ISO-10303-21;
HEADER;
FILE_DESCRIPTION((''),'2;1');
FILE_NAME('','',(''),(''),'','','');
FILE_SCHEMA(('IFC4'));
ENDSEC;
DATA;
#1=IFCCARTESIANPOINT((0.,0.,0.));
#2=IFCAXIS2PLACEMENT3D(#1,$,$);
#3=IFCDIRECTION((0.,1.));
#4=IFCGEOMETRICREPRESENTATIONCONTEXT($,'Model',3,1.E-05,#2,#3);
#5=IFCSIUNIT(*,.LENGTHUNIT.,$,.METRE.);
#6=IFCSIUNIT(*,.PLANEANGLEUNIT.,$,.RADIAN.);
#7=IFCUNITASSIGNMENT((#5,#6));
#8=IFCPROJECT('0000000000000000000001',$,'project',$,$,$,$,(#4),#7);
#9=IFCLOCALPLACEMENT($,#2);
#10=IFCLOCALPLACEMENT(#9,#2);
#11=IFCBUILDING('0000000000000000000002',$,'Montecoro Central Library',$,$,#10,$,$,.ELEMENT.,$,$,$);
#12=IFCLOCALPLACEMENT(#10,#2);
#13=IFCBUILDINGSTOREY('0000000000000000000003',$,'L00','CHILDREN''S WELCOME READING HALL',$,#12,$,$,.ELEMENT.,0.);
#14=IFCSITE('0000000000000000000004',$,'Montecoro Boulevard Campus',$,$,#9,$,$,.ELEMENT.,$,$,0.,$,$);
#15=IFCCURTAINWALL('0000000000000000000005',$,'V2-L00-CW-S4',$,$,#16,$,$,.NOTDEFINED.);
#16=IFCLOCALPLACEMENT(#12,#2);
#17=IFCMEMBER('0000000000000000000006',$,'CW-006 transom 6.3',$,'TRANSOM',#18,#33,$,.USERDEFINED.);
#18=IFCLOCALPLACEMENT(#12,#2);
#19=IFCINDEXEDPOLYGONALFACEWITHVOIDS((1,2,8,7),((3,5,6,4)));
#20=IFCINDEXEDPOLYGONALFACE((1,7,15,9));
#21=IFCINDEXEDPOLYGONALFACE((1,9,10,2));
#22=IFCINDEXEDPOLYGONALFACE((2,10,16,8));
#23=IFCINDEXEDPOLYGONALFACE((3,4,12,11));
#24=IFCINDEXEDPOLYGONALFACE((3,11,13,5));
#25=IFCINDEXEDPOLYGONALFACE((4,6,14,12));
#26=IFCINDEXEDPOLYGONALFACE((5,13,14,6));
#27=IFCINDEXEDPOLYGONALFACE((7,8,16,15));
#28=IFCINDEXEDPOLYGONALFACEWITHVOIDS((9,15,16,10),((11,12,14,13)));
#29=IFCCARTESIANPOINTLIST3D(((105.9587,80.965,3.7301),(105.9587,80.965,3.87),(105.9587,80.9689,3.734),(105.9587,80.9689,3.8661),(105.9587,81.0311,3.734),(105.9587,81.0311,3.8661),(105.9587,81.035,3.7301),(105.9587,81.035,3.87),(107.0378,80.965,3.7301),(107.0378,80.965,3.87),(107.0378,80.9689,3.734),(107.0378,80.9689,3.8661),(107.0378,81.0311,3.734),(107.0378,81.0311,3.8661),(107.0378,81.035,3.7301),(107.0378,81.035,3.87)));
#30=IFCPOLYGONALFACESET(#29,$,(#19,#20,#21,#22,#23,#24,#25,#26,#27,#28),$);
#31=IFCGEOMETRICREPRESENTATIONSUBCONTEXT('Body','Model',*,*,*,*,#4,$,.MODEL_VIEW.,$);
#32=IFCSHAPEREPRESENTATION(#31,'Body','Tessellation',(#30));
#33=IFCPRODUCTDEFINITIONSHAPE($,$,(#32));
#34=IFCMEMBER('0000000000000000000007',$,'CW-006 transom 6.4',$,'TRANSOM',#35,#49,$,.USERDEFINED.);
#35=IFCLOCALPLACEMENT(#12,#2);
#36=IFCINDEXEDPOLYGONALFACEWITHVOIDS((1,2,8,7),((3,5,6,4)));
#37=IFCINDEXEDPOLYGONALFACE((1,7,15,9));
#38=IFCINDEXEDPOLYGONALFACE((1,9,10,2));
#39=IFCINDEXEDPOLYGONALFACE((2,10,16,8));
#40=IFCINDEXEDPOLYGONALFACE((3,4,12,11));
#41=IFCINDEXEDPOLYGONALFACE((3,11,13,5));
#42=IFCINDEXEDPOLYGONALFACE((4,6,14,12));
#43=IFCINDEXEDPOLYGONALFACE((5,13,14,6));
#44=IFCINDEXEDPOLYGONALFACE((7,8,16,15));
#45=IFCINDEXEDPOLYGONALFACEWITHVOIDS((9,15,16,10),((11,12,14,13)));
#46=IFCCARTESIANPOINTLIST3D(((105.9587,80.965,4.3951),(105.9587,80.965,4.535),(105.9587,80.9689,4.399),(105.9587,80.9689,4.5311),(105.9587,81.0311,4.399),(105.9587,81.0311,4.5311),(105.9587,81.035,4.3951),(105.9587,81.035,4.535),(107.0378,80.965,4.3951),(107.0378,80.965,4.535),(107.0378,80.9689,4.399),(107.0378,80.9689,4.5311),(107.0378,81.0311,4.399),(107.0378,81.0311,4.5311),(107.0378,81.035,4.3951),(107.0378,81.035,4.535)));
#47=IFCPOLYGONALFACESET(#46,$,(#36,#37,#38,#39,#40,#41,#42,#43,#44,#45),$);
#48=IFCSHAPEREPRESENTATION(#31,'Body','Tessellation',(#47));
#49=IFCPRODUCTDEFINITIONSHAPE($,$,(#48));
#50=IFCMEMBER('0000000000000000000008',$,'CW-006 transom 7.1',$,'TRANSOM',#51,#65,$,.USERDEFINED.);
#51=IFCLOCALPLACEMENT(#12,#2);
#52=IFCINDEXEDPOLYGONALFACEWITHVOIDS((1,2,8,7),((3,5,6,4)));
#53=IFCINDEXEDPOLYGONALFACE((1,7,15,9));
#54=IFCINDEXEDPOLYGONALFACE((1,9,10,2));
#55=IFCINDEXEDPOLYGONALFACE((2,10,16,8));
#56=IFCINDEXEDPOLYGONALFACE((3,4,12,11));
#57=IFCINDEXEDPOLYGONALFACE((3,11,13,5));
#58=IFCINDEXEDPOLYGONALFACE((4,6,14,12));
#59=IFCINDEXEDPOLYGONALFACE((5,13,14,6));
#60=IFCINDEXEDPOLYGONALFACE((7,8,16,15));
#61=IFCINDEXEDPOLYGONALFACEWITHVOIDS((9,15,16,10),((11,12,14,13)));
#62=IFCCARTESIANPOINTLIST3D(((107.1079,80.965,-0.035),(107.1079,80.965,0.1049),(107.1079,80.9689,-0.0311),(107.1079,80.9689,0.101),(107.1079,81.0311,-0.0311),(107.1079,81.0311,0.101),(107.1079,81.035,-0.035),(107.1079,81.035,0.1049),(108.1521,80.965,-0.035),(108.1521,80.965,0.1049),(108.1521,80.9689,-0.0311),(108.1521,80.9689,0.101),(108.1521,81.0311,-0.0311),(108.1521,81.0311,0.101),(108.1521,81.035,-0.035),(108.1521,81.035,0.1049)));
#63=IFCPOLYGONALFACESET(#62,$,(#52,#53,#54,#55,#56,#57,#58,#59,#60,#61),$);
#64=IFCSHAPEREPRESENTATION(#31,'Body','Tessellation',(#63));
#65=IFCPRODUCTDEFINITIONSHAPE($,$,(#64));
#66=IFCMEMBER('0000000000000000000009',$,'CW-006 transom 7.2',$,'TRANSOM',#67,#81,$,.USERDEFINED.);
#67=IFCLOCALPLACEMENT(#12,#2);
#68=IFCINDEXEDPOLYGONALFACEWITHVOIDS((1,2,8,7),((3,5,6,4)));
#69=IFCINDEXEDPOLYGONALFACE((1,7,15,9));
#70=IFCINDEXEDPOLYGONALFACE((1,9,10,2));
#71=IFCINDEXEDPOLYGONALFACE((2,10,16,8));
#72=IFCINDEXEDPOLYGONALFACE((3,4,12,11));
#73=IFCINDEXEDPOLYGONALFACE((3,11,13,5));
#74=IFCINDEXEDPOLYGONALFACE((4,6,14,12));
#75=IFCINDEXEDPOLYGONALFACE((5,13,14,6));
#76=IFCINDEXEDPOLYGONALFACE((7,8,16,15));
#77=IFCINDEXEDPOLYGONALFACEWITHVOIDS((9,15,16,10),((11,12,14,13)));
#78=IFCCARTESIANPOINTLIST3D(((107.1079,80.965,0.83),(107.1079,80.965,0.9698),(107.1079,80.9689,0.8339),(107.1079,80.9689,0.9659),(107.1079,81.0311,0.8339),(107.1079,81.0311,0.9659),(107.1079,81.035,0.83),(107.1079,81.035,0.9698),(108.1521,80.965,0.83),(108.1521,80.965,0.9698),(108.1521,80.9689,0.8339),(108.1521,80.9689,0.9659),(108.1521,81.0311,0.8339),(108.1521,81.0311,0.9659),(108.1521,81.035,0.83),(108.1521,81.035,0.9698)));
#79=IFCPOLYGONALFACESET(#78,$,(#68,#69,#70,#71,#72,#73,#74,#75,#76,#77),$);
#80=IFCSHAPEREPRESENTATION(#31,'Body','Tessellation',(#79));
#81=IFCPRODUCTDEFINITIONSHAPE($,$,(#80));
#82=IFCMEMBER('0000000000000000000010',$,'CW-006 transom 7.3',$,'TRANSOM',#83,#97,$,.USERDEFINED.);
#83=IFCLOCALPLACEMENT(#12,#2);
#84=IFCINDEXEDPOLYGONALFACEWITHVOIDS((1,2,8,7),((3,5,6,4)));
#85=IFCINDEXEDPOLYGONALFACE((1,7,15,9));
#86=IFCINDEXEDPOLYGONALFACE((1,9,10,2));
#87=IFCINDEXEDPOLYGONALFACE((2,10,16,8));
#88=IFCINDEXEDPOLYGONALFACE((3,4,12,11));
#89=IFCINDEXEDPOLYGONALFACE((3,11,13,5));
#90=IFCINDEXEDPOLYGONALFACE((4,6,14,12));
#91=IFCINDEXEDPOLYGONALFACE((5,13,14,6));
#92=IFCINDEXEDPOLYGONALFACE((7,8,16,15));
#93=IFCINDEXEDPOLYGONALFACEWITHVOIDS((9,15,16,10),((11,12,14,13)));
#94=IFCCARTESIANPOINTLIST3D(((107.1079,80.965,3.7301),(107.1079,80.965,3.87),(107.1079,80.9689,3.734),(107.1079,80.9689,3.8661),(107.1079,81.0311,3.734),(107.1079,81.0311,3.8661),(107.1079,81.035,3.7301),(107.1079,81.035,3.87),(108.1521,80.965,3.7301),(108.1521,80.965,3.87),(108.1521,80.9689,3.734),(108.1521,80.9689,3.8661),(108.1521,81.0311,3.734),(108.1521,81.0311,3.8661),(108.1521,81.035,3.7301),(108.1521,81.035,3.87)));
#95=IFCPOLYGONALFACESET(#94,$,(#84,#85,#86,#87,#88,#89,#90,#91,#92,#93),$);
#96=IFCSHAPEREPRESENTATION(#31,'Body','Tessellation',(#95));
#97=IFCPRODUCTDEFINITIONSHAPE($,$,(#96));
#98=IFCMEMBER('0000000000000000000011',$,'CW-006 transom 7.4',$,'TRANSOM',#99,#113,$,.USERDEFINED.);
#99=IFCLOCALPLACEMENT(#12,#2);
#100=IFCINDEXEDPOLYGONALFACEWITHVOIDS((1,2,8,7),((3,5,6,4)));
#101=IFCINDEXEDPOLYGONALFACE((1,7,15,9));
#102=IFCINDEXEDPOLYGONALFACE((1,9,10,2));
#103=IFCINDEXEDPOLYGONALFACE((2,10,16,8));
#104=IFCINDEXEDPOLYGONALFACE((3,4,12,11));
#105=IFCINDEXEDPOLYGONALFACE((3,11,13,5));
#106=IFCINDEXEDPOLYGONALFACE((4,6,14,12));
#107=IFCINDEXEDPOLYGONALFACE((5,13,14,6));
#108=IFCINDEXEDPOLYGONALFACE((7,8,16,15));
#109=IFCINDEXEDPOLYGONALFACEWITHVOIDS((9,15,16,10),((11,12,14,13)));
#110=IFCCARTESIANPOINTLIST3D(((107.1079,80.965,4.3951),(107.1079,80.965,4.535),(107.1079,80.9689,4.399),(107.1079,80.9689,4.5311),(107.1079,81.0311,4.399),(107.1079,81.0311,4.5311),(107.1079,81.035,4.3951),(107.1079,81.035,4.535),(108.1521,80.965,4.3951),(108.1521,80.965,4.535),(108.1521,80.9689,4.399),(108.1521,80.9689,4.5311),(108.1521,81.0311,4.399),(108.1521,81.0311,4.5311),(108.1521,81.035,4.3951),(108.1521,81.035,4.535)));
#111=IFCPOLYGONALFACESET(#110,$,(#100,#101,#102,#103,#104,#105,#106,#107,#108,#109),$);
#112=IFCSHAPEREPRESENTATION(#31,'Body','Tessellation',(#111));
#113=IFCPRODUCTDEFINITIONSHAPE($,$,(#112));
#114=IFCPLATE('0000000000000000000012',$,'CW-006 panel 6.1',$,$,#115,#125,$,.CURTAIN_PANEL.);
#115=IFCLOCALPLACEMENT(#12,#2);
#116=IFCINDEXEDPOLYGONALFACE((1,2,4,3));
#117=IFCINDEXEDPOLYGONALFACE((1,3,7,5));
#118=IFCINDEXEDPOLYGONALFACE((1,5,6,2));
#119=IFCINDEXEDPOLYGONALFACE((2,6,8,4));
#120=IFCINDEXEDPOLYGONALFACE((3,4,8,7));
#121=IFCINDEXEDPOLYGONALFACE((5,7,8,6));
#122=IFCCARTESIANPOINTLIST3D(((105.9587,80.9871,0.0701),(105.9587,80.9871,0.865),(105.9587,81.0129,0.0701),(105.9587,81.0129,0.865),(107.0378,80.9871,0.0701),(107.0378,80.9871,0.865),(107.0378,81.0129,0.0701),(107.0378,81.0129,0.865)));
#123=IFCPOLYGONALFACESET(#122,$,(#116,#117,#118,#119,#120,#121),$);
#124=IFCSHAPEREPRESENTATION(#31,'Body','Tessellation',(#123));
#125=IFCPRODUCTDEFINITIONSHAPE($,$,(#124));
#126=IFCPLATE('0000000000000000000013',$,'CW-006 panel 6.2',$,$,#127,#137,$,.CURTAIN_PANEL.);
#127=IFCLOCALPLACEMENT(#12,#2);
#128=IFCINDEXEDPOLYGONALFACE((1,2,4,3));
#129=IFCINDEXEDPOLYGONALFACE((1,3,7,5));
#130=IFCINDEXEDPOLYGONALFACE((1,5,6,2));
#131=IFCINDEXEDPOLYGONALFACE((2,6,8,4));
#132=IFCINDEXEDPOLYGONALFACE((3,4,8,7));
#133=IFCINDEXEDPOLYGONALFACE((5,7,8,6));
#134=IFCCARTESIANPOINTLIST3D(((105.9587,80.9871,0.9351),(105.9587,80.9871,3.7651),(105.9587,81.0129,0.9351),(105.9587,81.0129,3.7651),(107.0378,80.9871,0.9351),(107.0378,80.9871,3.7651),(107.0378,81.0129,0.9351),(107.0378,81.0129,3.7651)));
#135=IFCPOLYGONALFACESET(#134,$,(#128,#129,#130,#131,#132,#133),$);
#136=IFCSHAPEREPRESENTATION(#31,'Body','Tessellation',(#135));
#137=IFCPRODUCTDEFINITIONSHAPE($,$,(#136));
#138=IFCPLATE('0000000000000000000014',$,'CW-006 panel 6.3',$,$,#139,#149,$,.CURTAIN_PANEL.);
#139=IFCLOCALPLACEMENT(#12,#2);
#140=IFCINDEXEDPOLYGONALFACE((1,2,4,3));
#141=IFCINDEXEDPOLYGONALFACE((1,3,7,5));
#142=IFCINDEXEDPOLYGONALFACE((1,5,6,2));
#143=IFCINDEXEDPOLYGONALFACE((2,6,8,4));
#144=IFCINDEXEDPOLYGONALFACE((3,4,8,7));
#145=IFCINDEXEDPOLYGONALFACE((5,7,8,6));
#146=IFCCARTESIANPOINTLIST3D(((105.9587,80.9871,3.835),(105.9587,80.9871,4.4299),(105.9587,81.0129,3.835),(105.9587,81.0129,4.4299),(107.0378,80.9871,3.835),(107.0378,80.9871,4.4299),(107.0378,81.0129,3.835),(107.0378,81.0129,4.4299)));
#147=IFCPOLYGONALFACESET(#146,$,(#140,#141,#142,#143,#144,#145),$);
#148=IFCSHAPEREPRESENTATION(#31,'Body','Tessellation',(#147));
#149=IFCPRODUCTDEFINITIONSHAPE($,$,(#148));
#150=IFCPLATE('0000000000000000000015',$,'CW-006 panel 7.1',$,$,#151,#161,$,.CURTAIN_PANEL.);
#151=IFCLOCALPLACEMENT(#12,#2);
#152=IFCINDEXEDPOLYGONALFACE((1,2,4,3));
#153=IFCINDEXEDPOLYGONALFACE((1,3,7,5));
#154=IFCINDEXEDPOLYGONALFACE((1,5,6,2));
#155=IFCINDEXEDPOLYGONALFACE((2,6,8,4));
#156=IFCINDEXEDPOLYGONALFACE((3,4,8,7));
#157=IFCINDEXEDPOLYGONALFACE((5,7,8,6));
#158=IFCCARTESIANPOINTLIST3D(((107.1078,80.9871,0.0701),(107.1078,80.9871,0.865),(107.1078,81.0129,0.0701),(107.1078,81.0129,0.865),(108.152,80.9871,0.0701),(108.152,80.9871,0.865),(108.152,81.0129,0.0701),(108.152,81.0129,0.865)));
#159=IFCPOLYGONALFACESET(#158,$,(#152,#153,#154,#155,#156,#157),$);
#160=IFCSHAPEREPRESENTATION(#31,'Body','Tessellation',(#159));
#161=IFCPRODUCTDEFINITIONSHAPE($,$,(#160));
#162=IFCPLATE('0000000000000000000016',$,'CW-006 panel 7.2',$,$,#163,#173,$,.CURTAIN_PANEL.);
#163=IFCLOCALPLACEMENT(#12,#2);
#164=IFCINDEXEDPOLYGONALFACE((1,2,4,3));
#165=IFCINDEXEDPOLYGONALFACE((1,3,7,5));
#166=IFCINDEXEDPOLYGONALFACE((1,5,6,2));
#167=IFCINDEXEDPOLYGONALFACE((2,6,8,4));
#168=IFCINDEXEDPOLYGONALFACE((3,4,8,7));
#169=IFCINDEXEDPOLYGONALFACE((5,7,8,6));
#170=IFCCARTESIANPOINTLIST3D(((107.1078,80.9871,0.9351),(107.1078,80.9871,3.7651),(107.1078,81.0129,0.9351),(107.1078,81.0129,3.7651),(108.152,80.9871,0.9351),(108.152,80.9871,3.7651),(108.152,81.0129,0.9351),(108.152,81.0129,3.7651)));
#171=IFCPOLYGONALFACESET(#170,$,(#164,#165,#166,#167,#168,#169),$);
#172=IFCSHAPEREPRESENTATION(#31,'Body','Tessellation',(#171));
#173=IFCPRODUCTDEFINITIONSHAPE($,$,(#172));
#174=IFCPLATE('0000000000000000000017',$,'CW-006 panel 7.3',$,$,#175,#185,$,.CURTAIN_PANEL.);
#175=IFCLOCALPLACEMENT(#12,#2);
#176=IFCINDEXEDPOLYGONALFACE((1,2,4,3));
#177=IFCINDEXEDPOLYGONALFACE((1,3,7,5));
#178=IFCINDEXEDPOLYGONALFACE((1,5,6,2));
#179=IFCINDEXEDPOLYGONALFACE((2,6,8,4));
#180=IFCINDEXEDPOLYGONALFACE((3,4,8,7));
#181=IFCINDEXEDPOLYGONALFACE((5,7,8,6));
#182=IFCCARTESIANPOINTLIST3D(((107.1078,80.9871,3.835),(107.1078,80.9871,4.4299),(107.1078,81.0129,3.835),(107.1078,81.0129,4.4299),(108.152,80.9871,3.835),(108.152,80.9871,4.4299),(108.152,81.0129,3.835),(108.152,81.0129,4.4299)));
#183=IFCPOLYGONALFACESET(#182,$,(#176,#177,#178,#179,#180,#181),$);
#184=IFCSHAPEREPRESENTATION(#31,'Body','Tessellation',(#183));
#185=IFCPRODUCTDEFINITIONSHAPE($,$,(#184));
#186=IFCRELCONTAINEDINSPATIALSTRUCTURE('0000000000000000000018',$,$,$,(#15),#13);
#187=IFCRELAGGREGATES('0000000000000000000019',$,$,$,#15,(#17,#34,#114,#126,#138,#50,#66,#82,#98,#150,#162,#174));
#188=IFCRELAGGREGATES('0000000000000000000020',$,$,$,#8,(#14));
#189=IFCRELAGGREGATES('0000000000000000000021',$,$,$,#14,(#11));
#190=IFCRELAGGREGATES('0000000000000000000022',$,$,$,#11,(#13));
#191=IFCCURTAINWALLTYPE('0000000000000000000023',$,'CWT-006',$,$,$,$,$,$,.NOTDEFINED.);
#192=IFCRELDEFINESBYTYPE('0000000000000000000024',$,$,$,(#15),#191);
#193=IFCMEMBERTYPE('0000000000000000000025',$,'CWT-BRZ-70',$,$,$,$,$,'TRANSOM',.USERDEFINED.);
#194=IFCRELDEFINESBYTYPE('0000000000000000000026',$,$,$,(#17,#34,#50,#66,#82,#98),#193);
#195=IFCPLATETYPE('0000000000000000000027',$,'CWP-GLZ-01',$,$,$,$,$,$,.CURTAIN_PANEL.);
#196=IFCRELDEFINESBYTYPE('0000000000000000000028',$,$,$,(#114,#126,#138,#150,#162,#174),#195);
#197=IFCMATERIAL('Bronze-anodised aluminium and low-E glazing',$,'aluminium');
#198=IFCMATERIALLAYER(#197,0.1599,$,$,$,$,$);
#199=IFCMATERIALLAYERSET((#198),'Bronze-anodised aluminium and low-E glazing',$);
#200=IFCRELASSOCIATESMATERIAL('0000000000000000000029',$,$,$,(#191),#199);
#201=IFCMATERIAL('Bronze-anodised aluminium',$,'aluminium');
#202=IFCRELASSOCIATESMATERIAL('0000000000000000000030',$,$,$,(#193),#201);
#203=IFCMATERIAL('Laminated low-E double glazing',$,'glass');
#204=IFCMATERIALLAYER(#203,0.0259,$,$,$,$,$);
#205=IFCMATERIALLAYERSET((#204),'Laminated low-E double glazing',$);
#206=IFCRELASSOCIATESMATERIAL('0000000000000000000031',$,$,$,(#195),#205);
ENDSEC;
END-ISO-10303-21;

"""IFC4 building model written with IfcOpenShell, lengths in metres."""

from ifc_helpers import new_model, si_unit, direction, frame, origin, origin_2d, place, context, subcontext, project, spatial, rectangle, hollow_rectangle, extrude, material, layer, layer_set, material_profile, profile_set, type_object, element, aggregate, save


model = new_model("IFC4")

# Units and contexts
model_context = context("Model", 3, precision=1e-05, world=origin(), true_north=direction((0.0, 1.0)))
body_context = subcontext(model_context, "Body", "Model", "MODEL_VIEW")
ifc_project = project(units=[si_unit("LENGTHUNIT", "METRE"), si_unit("PLANEANGLEUNIT", "RADIAN")], contexts=[model_context])

# Site, building, storey
site_placement = place(None, origin())
site = spatial("IfcSite", under=ifc_project, at=site_placement, Name="Montecoro Boulevard Campus", CompositionType="ELEMENT", RefElevation=0.0)
building_placement = place(site_placement, origin())
building = spatial("IfcBuilding", under=site, at=building_placement, Name="Montecoro Central Library", CompositionType="ELEMENT")
storey_placement = place(building_placement, origin())
storey = spatial("IfcBuildingStorey", under=building, at=storey_placement, Name="L00", Description="CHILDREN'S WELCOME READING HALL", CompositionType="ELEMENT", Elevation=0.0)

# Curtain wall, members, plates
ifc_material_1 = material(Name="Bronze-anodised aluminium and low-E glazing", Category="aluminium")
ifc_layer_1 = layer(ifc_material_1, 0.1599)
ifc_layer_set_1 = layer_set([ifc_layer_1], Name="Bronze-anodised aluminium and low-E glazing")
curtain_wall_type = type_object("IfcCurtainWallType", Name="CWT-006", PredefinedType="NOTDEFINED", material=ifc_layer_set_1)
curtain_wall_placement = place(storey_placement, origin())
curtain_wall = element("IfcCurtainWall", 1, at=curtain_wall_placement, inside=storey, type_object=curtain_wall_type, Name="V2-L00-CW-S4", PredefinedType="NOTDEFINED")
ifc_material_2 = material(Name="Bronze-anodised aluminium", Category="aluminium")
ifc_material_profile_1 = material_profile(ifc_material_2, hollow_rectangle(XDim=0.0701, YDim=0.1399, WallThickness=0.0039, at=origin_2d()), Name="CWT 140x70x4.0")
ifc_profile_set_1 = profile_set([ifc_material_profile_1], Name="Bronze-anodised aluminium")
member_type_1 = type_object("IfcMemberType", Name="CWT-BRZ-70", ElementType="TRANSOM", PredefinedType="USERDEFINED", material=ifc_profile_set_1)
member_1_placement = place(storey_placement, frame((105.9587, 81.0, 3.8), z_axis=(1.0, 0.0, 0.0), x_axis=(0.0, 1.0, 0.0)))
member_1 = element("IfcMember", 2, at=member_1_placement, type_object=member_type_1, Name="CW-006 transom 6.3", ObjectType="TRANSOM", PredefinedType="USERDEFINED", context=body_context, shape_type="SweptSolid", body=[
    extrude(hollow_rectangle(XDim=0.0701, YDim=0.1399, WallThickness=0.0039, at=origin_2d()), origin(), (0.0, 0.0, 1.0), 1.0791),
])
member_2_placement = place(storey_placement, frame((105.9587, 81.0, 4.4651), z_axis=(1.0, 0.0, 0.0), x_axis=(0.0, 1.0, 0.0)))
member_2 = element("IfcMember", 3, at=member_2_placement, type_object=member_type_1, Name="CW-006 transom 6.4", ObjectType="TRANSOM", PredefinedType="USERDEFINED", context=body_context, shape_type="SweptSolid", body=[
    extrude(hollow_rectangle(XDim=0.0701, YDim=0.1399, WallThickness=0.0039, at=origin_2d()), origin(), (0.0, 0.0, 1.0), 1.0791),
])
member_3_placement = place(storey_placement, frame((107.1079, 81.0, 0.0349), z_axis=(1.0, 0.0, 0.0), x_axis=(0.0, 1.0, 0.0)))
member_3 = element("IfcMember", 4, at=member_3_placement, type_object=member_type_1, Name="CW-006 transom 7.1", ObjectType="TRANSOM", PredefinedType="USERDEFINED", context=body_context, shape_type="SweptSolid", body=[
    extrude(hollow_rectangle(XDim=0.0701, YDim=0.1399, WallThickness=0.0039, at=origin_2d()), origin(), (0.0, 0.0, 1.0), 1.0442),
])
member_4_placement = place(storey_placement, frame((107.1079, 81.0, 0.8999), z_axis=(1.0, 0.0, 0.0), x_axis=(0.0, 1.0, 0.0)))
member_4 = element("IfcMember", 5, at=member_4_placement, type_object=member_type_1, Name="CW-006 transom 7.2", ObjectType="TRANSOM", PredefinedType="USERDEFINED", context=body_context, shape_type="SweptSolid", body=[
    extrude(hollow_rectangle(XDim=0.0701, YDim=0.1399, WallThickness=0.0039, at=origin_2d()), origin(), (0.0, 0.0, 1.0), 1.0442),
])
member_5_placement = place(storey_placement, frame((107.1079, 81.0, 3.8), z_axis=(1.0, 0.0, 0.0), x_axis=(0.0, 1.0, 0.0)))
member_5 = element("IfcMember", 6, at=member_5_placement, type_object=member_type_1, Name="CW-006 transom 7.3", ObjectType="TRANSOM", PredefinedType="USERDEFINED", context=body_context, shape_type="SweptSolid", body=[
    extrude(hollow_rectangle(XDim=0.0701, YDim=0.1399, WallThickness=0.0039, at=origin_2d()), origin(), (0.0, 0.0, 1.0), 1.0442),
])
member_6_placement = place(storey_placement, frame((107.1079, 81.0, 4.4651), z_axis=(1.0, 0.0, 0.0), x_axis=(0.0, 1.0, 0.0)))
member_6 = element("IfcMember", 7, at=member_6_placement, type_object=member_type_1, Name="CW-006 transom 7.4", ObjectType="TRANSOM", PredefinedType="USERDEFINED", context=body_context, shape_type="SweptSolid", body=[
    extrude(hollow_rectangle(XDim=0.0701, YDim=0.1399, WallThickness=0.0039, at=origin_2d()), origin(), (0.0, 0.0, 1.0), 1.0442),
])
ifc_material_3 = material(Name="Laminated low-E double glazing", Category="glass")
ifc_layer_2 = layer(ifc_material_3, 0.0259)
ifc_layer_set_2 = layer_set([ifc_layer_2], Name="Laminated low-E double glazing")
plate_type = type_object("IfcPlateType", Name="CWP-GLZ-01", PredefinedType="CURTAIN_PANEL", material=ifc_layer_set_2)
plate_1_placement = place(storey_placement, frame((106.4983, 81.0, 0.0701), z_axis=(0.0, 0.0, 1.0), x_axis=(1.0, 0.0, 0.0)))
plate_1 = element("IfcPlate", 8, at=plate_1_placement, type_object=plate_type, Name="CW-006 panel 6.1", PredefinedType="CURTAIN_PANEL", context=body_context, shape_type="SweptSolid", body=[
    extrude(rectangle(XDim=1.0791, YDim=0.0259, at=origin_2d()), origin(), (0.0, 0.0, 1.0), 0.7949),
])
plate_2_placement = place(storey_placement, frame((106.4983, 81.0, 0.9351), z_axis=(0.0, 0.0, 1.0), x_axis=(1.0, 0.0, 0.0)))
plate_2 = element("IfcPlate", 9, at=plate_2_placement, type_object=plate_type, Name="CW-006 panel 6.2", PredefinedType="CURTAIN_PANEL", context=body_context, shape_type="SweptSolid", body=[
    extrude(rectangle(XDim=1.0791, YDim=0.0259, at=origin_2d()), origin(), (0.0, 0.0, 1.0), 2.8301),
])
plate_3_placement = place(storey_placement, frame((106.4983, 81.0, 3.835), z_axis=(0.0, 0.0, 1.0), x_axis=(1.0, 0.0, 0.0)))
plate_3 = element("IfcPlate", 10, at=plate_3_placement, type_object=plate_type, Name="CW-006 panel 6.3", PredefinedType="CURTAIN_PANEL", context=body_context, shape_type="SweptSolid", body=[
    extrude(rectangle(XDim=1.0791, YDim=0.0259, at=origin_2d()), origin(), (0.0, 0.0, 1.0), 0.595),
])
plate_4_placement = place(storey_placement, frame((107.6299, 81.0, 0.0701), z_axis=(0.0, 0.0, 1.0), x_axis=(1.0, 0.0, 0.0)))
plate_4 = element("IfcPlate", 11, at=plate_4_placement, type_object=plate_type, Name="CW-006 panel 7.1", PredefinedType="CURTAIN_PANEL", context=body_context, shape_type="SweptSolid", body=[
    extrude(rectangle(XDim=1.0442, YDim=0.0259, at=origin_2d()), origin(), (0.0, 0.0, 1.0), 0.7949),
])
plate_5_placement = place(storey_placement, frame((107.6299, 81.0, 0.9351), z_axis=(0.0, 0.0, 1.0), x_axis=(1.0, 0.0, 0.0)))
plate_5 = element("IfcPlate", 12, at=plate_5_placement, type_object=plate_type, Name="CW-006 panel 7.2", PredefinedType="CURTAIN_PANEL", context=body_context, shape_type="SweptSolid", body=[
    extrude(rectangle(XDim=1.0442, YDim=0.0259, at=origin_2d()), origin(), (0.0, 0.0, 1.0), 2.8301),
])
plate_6_placement = place(storey_placement, frame((107.6299, 81.0, 3.835), z_axis=(0.0, 0.0, 1.0), x_axis=(1.0, 0.0, 0.0)))
plate_6 = element("IfcPlate", 13, at=plate_6_placement, type_object=plate_type, Name="CW-006 panel 7.3", PredefinedType="CURTAIN_PANEL", context=body_context, shape_type="SweptSolid", body=[
    extrude(rectangle(XDim=1.0442, YDim=0.0259, at=origin_2d()), origin(), (0.0, 0.0, 1.0), 0.595),
])
aggregate(curtain_wall, [member_1, member_2, plate_1, plate_2, plate_3, member_3, member_4, member_5, member_6, plate_4, plate_5, plate_6])

save(model, "model.ifc")
